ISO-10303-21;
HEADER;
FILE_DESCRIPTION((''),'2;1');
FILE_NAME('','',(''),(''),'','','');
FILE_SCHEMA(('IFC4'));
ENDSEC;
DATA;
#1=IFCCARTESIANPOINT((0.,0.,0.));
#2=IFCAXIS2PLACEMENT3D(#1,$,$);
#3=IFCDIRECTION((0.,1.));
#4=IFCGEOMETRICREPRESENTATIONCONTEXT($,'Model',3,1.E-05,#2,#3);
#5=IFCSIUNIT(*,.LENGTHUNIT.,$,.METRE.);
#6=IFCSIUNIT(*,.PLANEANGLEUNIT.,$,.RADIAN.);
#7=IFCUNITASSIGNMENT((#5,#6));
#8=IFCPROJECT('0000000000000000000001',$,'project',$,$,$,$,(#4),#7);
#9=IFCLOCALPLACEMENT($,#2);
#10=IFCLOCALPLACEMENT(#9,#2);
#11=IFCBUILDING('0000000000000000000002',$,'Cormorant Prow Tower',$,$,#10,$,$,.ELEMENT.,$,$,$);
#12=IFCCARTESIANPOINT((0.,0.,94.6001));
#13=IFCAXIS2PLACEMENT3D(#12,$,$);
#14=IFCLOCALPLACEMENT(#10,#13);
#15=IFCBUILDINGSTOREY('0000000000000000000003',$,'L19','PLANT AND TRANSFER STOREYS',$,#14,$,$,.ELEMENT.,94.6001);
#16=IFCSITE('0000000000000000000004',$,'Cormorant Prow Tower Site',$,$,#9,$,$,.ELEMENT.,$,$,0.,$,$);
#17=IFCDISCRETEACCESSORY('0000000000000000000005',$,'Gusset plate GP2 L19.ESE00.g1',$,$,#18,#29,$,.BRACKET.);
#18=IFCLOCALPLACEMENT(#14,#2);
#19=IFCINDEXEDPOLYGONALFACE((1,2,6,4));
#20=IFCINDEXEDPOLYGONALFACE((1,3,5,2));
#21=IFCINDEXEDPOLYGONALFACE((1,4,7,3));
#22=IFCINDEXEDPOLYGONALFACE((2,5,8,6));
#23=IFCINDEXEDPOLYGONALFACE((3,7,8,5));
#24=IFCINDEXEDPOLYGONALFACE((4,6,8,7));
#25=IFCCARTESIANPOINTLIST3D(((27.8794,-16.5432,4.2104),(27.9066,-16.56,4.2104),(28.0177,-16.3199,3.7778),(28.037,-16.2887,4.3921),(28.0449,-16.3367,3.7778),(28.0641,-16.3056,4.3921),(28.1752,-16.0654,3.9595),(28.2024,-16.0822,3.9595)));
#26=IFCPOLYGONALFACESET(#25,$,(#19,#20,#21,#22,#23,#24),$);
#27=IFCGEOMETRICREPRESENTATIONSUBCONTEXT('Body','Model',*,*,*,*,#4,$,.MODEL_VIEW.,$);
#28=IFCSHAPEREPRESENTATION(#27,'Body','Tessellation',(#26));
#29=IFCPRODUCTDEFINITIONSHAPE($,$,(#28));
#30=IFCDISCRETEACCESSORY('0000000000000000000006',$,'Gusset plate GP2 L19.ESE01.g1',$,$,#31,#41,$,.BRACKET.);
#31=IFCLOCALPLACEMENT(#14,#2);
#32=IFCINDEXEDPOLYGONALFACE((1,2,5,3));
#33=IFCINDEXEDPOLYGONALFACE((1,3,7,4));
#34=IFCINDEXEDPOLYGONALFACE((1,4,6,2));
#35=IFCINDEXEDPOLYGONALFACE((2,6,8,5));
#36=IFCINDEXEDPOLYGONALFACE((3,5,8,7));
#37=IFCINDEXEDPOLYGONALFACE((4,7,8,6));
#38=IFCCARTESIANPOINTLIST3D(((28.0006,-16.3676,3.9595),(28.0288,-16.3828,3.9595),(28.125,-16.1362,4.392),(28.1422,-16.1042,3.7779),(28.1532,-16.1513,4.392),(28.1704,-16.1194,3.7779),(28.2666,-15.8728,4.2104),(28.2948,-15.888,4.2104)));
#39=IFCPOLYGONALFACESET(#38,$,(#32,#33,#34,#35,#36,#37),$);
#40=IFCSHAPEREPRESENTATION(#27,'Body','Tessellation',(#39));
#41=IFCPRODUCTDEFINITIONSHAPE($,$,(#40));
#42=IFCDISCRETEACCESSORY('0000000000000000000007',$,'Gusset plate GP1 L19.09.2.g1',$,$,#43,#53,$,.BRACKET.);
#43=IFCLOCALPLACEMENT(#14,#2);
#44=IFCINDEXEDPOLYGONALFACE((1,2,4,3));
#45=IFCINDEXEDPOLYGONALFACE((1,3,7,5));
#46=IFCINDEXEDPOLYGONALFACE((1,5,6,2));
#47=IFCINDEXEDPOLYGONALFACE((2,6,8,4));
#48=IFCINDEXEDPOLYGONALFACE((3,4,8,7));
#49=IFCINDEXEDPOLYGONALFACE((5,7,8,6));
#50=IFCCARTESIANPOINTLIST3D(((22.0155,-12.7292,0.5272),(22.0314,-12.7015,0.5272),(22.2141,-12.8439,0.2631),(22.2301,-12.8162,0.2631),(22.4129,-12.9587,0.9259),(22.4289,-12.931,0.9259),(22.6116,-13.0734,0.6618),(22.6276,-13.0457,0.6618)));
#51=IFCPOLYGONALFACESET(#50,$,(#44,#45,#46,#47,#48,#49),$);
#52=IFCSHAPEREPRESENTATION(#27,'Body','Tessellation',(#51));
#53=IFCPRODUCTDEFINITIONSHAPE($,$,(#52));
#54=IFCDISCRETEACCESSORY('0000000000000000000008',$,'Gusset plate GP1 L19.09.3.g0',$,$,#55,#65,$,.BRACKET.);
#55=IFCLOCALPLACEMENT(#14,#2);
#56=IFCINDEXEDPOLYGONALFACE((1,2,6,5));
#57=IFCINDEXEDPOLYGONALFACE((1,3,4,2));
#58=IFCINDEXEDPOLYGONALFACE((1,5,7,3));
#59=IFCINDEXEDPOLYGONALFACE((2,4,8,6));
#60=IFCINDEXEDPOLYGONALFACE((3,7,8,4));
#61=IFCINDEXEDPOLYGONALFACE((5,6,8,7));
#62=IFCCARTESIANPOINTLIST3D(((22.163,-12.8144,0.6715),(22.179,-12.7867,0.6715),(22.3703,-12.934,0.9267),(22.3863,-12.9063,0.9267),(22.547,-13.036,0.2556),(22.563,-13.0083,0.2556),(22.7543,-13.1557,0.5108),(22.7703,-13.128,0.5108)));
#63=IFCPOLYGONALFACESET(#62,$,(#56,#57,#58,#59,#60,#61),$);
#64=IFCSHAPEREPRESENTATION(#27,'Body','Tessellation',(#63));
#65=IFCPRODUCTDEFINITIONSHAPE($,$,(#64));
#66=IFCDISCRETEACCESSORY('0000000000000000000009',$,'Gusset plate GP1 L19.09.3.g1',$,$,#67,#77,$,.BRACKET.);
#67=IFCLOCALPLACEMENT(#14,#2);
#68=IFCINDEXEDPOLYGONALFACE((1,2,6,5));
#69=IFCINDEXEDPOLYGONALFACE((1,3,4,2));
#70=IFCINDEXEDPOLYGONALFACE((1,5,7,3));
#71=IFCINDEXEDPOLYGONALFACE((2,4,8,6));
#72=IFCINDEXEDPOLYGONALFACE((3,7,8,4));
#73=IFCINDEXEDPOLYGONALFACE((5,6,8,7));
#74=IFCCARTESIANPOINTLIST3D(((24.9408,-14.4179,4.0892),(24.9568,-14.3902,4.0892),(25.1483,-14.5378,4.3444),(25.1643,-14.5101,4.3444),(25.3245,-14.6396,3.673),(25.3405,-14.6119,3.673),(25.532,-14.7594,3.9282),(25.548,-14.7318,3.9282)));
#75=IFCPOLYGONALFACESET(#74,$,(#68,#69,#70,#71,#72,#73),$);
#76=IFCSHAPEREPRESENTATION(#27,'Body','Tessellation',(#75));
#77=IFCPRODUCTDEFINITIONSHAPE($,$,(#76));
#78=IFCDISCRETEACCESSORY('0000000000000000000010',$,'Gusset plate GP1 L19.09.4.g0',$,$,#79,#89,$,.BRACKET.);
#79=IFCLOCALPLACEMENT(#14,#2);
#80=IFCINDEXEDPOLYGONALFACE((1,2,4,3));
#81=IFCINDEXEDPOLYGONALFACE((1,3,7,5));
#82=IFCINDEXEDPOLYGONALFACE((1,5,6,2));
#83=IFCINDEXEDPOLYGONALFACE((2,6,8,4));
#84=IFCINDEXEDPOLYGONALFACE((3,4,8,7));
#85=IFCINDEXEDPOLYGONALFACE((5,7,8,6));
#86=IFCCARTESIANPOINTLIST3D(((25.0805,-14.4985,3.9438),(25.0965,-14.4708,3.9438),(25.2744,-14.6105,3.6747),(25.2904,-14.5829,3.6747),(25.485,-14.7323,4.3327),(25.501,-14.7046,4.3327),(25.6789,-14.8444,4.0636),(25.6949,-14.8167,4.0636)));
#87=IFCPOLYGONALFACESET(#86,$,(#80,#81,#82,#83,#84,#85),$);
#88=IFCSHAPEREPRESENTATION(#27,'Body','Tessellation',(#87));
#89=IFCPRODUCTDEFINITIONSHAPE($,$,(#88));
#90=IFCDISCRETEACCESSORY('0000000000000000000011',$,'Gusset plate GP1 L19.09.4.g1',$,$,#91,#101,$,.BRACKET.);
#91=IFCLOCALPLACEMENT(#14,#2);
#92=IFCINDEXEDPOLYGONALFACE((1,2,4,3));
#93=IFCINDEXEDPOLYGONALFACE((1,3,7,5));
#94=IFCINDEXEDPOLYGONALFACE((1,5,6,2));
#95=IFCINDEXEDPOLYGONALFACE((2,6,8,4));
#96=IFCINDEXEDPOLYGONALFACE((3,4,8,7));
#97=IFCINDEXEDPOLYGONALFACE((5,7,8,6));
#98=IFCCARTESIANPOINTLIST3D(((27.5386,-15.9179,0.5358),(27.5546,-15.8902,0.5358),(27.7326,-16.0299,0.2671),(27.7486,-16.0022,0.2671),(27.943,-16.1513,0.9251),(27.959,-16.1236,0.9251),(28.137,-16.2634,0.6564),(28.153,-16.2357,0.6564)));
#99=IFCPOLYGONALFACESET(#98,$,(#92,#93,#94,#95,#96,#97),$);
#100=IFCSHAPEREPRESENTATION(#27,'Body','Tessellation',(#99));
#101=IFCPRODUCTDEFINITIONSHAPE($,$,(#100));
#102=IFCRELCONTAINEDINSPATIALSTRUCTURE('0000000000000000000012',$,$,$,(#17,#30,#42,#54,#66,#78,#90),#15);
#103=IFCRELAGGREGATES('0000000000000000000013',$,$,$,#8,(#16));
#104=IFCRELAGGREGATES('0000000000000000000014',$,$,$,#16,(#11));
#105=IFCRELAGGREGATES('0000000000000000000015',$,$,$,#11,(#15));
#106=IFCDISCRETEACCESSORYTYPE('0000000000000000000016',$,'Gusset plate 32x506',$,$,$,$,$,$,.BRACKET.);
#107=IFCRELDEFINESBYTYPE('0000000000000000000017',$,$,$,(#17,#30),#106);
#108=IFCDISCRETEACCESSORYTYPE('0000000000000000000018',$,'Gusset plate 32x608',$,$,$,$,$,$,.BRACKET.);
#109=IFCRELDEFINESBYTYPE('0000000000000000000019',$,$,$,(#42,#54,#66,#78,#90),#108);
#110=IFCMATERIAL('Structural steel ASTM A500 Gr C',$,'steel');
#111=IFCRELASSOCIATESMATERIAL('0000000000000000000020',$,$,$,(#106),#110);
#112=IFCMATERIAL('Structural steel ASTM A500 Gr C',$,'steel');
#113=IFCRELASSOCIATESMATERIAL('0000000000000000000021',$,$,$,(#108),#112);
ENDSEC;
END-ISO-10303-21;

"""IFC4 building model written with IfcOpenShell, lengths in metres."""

from ifc_helpers import new_model, si_unit, direction, frame, origin, origin_2d, place, context, subcontext, project, spatial, rectangle, extrude, material, material_profile, profile_set, type_object, element, save


model = new_model("IFC4")

# Units and contexts
model_context = context("Model", 3, precision=1e-05, world=origin(), true_north=direction((0.0, 1.0)))
body_context = subcontext(model_context, "Body", "Model", "MODEL_VIEW")
ifc_project = project(units=[si_unit("LENGTHUNIT", "METRE"), si_unit("PLANEANGLEUNIT", "RADIAN")], contexts=[model_context])

# Site, building, storey
site_placement = place(None, origin())
site = spatial("IfcSite", under=ifc_project, at=site_placement, Name="Cormorant Prow Tower Site", CompositionType="ELEMENT", RefElevation=0.0)
building_placement = place(site_placement, origin())
building = spatial("IfcBuilding", under=site, at=building_placement, Name="Cormorant Prow Tower", CompositionType="ELEMENT")
storey_placement = place(building_placement, frame((0.0, 0.0, 94.6001)))
storey = spatial("IfcBuildingStorey", under=building, at=storey_placement, Name="L19", Description="PLANT AND TRANSFER STOREYS", CompositionType="ELEMENT", Elevation=94.6001)

# Discrete accessories
ifc_material_1 = material(Name="Structural steel ASTM A500 Gr C", Category="steel")
ifc_material_profile_1 = material_profile(ifc_material_1, rectangle(XDim=0.032, YDim=0.5061, at=origin_2d()), Name="Gusset plate 32x506")
ifc_profile_set_1 = profile_set([ifc_material_profile_1], Name="Structural steel ASTM A500 Gr C")
discrete_accessory_type_1 = type_object("IfcDiscreteAccessoryType", Name="Gusset plate 32x506", PredefinedType="BRACKET", material=ifc_profile_set_1)
for number, where, z_axis, x_axis, name in (
    (1, (27.9622, -16.4399, 3.9941), (0.449904, 0.726821, 0.518959), (-0.850283, 0.526327, 0.0), "Gusset plate GP2 L19.ESE00.g1"),
):
    element("IfcDiscreteAccessory", number, at=place(storey_placement, frame(where, z_axis=z_axis, x_axis=x_axis)), inside=storey, type_object=discrete_accessory_type_1, Name=name, PredefinedType="BRACKET", context=body_context, shape_type="SweptSolid", body=[
        extrude(rectangle(XDim=0.032, YDim=0.5061, at=origin_2d()), origin(), (0.0, 0.0, 1.0), 0.3501),
    ])
discrete_accessory_1_placement = place(storey_placement, frame((28.2185, -15.9961, 3.9941), z_axis=(-0.404678, -0.75284, 0.519104), x_axis=(0.880812, -0.473467, 0.0)))
element("IfcDiscreteAccessory", 2, at=discrete_accessory_1_placement, inside=storey, type_object=discrete_accessory_type_1, Name="Gusset plate GP2 L19.ESE01.g1", PredefinedType="BRACKET", context=body_context, shape_type="SweptSolid", body=[
    extrude(rectangle(XDim=0.032, YDim=0.5061, at=origin_2d()), origin(), (0.0, 0.0, 1.0), 0.3499),
])
ifc_material_2 = material(Name="Structural steel ASTM A500 Gr C", Category="steel")
ifc_material_profile_2 = material_profile(ifc_material_2, rectangle(XDim=0.032, YDim=0.6079, at=origin_2d()), Name="Gusset plate 32x608")
ifc_profile_set_2 = profile_set([ifc_material_profile_2], Name="Structural steel ASTM A500 Gr C")
discrete_accessory_type_2 = type_object("IfcDiscreteAccessoryType", Name="Gusset plate 32x608", PredefinedType="BRACKET", material=ifc_profile_set_2)
for number, where, z_axis, x_axis, name in (
    (3, (22.2222, -12.8301, 0.7266), (0.567938, -0.327925, -0.754925), (0.500029, 0.866008, 0.0), "Gusset plate GP1 L19.09.2.g1"),
    (4, (22.5703, -13.031, 0.7188), (-0.592545, 0.341987, -0.729339), (-0.49987, -0.866101, 0.0), "Gusset plate GP1 L19.09.3.g0"),
):
    element("IfcDiscreteAccessory", number, at=place(storey_placement, frame(where, z_axis=z_axis, x_axis=x_axis)), inside=storey, type_object=discrete_accessory_type_2, Name=name, PredefinedType="BRACKET", context=body_context, shape_type="SweptSolid", body=[
        extrude(rectangle(XDim=0.032, YDim=0.6079, at=origin_2d()), origin(), (0.0, 0.0, 1.0), 0.3499),
    ])
for number, where, z_axis, x_axis, name in (
    (5, (25.1406, -14.5149, 3.8811), (0.592856, -0.342461, 0.728864), (0.500193, 0.865914, 0.0), "Gusset plate GP1 L19.09.3.g1"),
    (6, (25.4846, -14.7136, 3.8691), (-0.553808, 0.320149, 0.768636), (-0.500477, -0.86575, 0.0), "Gusset plate GP1 L19.09.4.g0"),
):
    element("IfcDiscreteAccessory", number, at=place(storey_placement, frame(where, z_axis=z_axis, x_axis=x_axis)), inside=storey, type_object=discrete_accessory_type_2, Name=name, PredefinedType="BRACKET", context=body_context, shape_type="SweptSolid", body=[
        extrude(rectangle(XDim=0.032, YDim=0.6079, at=origin_2d()), origin(), (0.0, 0.0, 1.0), 0.3501),
    ])
discrete_accessory_2_placement = place(storey_placement, frame((27.7488, -16.0208, 0.7305), z_axis=(0.554589, -0.320197, -0.768053), x_axis=(0.500005, 0.866022, 0.0)))
element("IfcDiscreteAccessory", 7, at=discrete_accessory_2_placement, inside=storey, type_object=discrete_accessory_type_2, Name="Gusset plate GP1 L19.09.4.g1", PredefinedType="BRACKET", context=body_context, shape_type="SweptSolid", body=[
    extrude(rectangle(XDim=0.032, YDim=0.6079, at=origin_2d()), origin(), (0.0, 0.0, 1.0), 0.3499),
])

save(model, "model.ifc")
